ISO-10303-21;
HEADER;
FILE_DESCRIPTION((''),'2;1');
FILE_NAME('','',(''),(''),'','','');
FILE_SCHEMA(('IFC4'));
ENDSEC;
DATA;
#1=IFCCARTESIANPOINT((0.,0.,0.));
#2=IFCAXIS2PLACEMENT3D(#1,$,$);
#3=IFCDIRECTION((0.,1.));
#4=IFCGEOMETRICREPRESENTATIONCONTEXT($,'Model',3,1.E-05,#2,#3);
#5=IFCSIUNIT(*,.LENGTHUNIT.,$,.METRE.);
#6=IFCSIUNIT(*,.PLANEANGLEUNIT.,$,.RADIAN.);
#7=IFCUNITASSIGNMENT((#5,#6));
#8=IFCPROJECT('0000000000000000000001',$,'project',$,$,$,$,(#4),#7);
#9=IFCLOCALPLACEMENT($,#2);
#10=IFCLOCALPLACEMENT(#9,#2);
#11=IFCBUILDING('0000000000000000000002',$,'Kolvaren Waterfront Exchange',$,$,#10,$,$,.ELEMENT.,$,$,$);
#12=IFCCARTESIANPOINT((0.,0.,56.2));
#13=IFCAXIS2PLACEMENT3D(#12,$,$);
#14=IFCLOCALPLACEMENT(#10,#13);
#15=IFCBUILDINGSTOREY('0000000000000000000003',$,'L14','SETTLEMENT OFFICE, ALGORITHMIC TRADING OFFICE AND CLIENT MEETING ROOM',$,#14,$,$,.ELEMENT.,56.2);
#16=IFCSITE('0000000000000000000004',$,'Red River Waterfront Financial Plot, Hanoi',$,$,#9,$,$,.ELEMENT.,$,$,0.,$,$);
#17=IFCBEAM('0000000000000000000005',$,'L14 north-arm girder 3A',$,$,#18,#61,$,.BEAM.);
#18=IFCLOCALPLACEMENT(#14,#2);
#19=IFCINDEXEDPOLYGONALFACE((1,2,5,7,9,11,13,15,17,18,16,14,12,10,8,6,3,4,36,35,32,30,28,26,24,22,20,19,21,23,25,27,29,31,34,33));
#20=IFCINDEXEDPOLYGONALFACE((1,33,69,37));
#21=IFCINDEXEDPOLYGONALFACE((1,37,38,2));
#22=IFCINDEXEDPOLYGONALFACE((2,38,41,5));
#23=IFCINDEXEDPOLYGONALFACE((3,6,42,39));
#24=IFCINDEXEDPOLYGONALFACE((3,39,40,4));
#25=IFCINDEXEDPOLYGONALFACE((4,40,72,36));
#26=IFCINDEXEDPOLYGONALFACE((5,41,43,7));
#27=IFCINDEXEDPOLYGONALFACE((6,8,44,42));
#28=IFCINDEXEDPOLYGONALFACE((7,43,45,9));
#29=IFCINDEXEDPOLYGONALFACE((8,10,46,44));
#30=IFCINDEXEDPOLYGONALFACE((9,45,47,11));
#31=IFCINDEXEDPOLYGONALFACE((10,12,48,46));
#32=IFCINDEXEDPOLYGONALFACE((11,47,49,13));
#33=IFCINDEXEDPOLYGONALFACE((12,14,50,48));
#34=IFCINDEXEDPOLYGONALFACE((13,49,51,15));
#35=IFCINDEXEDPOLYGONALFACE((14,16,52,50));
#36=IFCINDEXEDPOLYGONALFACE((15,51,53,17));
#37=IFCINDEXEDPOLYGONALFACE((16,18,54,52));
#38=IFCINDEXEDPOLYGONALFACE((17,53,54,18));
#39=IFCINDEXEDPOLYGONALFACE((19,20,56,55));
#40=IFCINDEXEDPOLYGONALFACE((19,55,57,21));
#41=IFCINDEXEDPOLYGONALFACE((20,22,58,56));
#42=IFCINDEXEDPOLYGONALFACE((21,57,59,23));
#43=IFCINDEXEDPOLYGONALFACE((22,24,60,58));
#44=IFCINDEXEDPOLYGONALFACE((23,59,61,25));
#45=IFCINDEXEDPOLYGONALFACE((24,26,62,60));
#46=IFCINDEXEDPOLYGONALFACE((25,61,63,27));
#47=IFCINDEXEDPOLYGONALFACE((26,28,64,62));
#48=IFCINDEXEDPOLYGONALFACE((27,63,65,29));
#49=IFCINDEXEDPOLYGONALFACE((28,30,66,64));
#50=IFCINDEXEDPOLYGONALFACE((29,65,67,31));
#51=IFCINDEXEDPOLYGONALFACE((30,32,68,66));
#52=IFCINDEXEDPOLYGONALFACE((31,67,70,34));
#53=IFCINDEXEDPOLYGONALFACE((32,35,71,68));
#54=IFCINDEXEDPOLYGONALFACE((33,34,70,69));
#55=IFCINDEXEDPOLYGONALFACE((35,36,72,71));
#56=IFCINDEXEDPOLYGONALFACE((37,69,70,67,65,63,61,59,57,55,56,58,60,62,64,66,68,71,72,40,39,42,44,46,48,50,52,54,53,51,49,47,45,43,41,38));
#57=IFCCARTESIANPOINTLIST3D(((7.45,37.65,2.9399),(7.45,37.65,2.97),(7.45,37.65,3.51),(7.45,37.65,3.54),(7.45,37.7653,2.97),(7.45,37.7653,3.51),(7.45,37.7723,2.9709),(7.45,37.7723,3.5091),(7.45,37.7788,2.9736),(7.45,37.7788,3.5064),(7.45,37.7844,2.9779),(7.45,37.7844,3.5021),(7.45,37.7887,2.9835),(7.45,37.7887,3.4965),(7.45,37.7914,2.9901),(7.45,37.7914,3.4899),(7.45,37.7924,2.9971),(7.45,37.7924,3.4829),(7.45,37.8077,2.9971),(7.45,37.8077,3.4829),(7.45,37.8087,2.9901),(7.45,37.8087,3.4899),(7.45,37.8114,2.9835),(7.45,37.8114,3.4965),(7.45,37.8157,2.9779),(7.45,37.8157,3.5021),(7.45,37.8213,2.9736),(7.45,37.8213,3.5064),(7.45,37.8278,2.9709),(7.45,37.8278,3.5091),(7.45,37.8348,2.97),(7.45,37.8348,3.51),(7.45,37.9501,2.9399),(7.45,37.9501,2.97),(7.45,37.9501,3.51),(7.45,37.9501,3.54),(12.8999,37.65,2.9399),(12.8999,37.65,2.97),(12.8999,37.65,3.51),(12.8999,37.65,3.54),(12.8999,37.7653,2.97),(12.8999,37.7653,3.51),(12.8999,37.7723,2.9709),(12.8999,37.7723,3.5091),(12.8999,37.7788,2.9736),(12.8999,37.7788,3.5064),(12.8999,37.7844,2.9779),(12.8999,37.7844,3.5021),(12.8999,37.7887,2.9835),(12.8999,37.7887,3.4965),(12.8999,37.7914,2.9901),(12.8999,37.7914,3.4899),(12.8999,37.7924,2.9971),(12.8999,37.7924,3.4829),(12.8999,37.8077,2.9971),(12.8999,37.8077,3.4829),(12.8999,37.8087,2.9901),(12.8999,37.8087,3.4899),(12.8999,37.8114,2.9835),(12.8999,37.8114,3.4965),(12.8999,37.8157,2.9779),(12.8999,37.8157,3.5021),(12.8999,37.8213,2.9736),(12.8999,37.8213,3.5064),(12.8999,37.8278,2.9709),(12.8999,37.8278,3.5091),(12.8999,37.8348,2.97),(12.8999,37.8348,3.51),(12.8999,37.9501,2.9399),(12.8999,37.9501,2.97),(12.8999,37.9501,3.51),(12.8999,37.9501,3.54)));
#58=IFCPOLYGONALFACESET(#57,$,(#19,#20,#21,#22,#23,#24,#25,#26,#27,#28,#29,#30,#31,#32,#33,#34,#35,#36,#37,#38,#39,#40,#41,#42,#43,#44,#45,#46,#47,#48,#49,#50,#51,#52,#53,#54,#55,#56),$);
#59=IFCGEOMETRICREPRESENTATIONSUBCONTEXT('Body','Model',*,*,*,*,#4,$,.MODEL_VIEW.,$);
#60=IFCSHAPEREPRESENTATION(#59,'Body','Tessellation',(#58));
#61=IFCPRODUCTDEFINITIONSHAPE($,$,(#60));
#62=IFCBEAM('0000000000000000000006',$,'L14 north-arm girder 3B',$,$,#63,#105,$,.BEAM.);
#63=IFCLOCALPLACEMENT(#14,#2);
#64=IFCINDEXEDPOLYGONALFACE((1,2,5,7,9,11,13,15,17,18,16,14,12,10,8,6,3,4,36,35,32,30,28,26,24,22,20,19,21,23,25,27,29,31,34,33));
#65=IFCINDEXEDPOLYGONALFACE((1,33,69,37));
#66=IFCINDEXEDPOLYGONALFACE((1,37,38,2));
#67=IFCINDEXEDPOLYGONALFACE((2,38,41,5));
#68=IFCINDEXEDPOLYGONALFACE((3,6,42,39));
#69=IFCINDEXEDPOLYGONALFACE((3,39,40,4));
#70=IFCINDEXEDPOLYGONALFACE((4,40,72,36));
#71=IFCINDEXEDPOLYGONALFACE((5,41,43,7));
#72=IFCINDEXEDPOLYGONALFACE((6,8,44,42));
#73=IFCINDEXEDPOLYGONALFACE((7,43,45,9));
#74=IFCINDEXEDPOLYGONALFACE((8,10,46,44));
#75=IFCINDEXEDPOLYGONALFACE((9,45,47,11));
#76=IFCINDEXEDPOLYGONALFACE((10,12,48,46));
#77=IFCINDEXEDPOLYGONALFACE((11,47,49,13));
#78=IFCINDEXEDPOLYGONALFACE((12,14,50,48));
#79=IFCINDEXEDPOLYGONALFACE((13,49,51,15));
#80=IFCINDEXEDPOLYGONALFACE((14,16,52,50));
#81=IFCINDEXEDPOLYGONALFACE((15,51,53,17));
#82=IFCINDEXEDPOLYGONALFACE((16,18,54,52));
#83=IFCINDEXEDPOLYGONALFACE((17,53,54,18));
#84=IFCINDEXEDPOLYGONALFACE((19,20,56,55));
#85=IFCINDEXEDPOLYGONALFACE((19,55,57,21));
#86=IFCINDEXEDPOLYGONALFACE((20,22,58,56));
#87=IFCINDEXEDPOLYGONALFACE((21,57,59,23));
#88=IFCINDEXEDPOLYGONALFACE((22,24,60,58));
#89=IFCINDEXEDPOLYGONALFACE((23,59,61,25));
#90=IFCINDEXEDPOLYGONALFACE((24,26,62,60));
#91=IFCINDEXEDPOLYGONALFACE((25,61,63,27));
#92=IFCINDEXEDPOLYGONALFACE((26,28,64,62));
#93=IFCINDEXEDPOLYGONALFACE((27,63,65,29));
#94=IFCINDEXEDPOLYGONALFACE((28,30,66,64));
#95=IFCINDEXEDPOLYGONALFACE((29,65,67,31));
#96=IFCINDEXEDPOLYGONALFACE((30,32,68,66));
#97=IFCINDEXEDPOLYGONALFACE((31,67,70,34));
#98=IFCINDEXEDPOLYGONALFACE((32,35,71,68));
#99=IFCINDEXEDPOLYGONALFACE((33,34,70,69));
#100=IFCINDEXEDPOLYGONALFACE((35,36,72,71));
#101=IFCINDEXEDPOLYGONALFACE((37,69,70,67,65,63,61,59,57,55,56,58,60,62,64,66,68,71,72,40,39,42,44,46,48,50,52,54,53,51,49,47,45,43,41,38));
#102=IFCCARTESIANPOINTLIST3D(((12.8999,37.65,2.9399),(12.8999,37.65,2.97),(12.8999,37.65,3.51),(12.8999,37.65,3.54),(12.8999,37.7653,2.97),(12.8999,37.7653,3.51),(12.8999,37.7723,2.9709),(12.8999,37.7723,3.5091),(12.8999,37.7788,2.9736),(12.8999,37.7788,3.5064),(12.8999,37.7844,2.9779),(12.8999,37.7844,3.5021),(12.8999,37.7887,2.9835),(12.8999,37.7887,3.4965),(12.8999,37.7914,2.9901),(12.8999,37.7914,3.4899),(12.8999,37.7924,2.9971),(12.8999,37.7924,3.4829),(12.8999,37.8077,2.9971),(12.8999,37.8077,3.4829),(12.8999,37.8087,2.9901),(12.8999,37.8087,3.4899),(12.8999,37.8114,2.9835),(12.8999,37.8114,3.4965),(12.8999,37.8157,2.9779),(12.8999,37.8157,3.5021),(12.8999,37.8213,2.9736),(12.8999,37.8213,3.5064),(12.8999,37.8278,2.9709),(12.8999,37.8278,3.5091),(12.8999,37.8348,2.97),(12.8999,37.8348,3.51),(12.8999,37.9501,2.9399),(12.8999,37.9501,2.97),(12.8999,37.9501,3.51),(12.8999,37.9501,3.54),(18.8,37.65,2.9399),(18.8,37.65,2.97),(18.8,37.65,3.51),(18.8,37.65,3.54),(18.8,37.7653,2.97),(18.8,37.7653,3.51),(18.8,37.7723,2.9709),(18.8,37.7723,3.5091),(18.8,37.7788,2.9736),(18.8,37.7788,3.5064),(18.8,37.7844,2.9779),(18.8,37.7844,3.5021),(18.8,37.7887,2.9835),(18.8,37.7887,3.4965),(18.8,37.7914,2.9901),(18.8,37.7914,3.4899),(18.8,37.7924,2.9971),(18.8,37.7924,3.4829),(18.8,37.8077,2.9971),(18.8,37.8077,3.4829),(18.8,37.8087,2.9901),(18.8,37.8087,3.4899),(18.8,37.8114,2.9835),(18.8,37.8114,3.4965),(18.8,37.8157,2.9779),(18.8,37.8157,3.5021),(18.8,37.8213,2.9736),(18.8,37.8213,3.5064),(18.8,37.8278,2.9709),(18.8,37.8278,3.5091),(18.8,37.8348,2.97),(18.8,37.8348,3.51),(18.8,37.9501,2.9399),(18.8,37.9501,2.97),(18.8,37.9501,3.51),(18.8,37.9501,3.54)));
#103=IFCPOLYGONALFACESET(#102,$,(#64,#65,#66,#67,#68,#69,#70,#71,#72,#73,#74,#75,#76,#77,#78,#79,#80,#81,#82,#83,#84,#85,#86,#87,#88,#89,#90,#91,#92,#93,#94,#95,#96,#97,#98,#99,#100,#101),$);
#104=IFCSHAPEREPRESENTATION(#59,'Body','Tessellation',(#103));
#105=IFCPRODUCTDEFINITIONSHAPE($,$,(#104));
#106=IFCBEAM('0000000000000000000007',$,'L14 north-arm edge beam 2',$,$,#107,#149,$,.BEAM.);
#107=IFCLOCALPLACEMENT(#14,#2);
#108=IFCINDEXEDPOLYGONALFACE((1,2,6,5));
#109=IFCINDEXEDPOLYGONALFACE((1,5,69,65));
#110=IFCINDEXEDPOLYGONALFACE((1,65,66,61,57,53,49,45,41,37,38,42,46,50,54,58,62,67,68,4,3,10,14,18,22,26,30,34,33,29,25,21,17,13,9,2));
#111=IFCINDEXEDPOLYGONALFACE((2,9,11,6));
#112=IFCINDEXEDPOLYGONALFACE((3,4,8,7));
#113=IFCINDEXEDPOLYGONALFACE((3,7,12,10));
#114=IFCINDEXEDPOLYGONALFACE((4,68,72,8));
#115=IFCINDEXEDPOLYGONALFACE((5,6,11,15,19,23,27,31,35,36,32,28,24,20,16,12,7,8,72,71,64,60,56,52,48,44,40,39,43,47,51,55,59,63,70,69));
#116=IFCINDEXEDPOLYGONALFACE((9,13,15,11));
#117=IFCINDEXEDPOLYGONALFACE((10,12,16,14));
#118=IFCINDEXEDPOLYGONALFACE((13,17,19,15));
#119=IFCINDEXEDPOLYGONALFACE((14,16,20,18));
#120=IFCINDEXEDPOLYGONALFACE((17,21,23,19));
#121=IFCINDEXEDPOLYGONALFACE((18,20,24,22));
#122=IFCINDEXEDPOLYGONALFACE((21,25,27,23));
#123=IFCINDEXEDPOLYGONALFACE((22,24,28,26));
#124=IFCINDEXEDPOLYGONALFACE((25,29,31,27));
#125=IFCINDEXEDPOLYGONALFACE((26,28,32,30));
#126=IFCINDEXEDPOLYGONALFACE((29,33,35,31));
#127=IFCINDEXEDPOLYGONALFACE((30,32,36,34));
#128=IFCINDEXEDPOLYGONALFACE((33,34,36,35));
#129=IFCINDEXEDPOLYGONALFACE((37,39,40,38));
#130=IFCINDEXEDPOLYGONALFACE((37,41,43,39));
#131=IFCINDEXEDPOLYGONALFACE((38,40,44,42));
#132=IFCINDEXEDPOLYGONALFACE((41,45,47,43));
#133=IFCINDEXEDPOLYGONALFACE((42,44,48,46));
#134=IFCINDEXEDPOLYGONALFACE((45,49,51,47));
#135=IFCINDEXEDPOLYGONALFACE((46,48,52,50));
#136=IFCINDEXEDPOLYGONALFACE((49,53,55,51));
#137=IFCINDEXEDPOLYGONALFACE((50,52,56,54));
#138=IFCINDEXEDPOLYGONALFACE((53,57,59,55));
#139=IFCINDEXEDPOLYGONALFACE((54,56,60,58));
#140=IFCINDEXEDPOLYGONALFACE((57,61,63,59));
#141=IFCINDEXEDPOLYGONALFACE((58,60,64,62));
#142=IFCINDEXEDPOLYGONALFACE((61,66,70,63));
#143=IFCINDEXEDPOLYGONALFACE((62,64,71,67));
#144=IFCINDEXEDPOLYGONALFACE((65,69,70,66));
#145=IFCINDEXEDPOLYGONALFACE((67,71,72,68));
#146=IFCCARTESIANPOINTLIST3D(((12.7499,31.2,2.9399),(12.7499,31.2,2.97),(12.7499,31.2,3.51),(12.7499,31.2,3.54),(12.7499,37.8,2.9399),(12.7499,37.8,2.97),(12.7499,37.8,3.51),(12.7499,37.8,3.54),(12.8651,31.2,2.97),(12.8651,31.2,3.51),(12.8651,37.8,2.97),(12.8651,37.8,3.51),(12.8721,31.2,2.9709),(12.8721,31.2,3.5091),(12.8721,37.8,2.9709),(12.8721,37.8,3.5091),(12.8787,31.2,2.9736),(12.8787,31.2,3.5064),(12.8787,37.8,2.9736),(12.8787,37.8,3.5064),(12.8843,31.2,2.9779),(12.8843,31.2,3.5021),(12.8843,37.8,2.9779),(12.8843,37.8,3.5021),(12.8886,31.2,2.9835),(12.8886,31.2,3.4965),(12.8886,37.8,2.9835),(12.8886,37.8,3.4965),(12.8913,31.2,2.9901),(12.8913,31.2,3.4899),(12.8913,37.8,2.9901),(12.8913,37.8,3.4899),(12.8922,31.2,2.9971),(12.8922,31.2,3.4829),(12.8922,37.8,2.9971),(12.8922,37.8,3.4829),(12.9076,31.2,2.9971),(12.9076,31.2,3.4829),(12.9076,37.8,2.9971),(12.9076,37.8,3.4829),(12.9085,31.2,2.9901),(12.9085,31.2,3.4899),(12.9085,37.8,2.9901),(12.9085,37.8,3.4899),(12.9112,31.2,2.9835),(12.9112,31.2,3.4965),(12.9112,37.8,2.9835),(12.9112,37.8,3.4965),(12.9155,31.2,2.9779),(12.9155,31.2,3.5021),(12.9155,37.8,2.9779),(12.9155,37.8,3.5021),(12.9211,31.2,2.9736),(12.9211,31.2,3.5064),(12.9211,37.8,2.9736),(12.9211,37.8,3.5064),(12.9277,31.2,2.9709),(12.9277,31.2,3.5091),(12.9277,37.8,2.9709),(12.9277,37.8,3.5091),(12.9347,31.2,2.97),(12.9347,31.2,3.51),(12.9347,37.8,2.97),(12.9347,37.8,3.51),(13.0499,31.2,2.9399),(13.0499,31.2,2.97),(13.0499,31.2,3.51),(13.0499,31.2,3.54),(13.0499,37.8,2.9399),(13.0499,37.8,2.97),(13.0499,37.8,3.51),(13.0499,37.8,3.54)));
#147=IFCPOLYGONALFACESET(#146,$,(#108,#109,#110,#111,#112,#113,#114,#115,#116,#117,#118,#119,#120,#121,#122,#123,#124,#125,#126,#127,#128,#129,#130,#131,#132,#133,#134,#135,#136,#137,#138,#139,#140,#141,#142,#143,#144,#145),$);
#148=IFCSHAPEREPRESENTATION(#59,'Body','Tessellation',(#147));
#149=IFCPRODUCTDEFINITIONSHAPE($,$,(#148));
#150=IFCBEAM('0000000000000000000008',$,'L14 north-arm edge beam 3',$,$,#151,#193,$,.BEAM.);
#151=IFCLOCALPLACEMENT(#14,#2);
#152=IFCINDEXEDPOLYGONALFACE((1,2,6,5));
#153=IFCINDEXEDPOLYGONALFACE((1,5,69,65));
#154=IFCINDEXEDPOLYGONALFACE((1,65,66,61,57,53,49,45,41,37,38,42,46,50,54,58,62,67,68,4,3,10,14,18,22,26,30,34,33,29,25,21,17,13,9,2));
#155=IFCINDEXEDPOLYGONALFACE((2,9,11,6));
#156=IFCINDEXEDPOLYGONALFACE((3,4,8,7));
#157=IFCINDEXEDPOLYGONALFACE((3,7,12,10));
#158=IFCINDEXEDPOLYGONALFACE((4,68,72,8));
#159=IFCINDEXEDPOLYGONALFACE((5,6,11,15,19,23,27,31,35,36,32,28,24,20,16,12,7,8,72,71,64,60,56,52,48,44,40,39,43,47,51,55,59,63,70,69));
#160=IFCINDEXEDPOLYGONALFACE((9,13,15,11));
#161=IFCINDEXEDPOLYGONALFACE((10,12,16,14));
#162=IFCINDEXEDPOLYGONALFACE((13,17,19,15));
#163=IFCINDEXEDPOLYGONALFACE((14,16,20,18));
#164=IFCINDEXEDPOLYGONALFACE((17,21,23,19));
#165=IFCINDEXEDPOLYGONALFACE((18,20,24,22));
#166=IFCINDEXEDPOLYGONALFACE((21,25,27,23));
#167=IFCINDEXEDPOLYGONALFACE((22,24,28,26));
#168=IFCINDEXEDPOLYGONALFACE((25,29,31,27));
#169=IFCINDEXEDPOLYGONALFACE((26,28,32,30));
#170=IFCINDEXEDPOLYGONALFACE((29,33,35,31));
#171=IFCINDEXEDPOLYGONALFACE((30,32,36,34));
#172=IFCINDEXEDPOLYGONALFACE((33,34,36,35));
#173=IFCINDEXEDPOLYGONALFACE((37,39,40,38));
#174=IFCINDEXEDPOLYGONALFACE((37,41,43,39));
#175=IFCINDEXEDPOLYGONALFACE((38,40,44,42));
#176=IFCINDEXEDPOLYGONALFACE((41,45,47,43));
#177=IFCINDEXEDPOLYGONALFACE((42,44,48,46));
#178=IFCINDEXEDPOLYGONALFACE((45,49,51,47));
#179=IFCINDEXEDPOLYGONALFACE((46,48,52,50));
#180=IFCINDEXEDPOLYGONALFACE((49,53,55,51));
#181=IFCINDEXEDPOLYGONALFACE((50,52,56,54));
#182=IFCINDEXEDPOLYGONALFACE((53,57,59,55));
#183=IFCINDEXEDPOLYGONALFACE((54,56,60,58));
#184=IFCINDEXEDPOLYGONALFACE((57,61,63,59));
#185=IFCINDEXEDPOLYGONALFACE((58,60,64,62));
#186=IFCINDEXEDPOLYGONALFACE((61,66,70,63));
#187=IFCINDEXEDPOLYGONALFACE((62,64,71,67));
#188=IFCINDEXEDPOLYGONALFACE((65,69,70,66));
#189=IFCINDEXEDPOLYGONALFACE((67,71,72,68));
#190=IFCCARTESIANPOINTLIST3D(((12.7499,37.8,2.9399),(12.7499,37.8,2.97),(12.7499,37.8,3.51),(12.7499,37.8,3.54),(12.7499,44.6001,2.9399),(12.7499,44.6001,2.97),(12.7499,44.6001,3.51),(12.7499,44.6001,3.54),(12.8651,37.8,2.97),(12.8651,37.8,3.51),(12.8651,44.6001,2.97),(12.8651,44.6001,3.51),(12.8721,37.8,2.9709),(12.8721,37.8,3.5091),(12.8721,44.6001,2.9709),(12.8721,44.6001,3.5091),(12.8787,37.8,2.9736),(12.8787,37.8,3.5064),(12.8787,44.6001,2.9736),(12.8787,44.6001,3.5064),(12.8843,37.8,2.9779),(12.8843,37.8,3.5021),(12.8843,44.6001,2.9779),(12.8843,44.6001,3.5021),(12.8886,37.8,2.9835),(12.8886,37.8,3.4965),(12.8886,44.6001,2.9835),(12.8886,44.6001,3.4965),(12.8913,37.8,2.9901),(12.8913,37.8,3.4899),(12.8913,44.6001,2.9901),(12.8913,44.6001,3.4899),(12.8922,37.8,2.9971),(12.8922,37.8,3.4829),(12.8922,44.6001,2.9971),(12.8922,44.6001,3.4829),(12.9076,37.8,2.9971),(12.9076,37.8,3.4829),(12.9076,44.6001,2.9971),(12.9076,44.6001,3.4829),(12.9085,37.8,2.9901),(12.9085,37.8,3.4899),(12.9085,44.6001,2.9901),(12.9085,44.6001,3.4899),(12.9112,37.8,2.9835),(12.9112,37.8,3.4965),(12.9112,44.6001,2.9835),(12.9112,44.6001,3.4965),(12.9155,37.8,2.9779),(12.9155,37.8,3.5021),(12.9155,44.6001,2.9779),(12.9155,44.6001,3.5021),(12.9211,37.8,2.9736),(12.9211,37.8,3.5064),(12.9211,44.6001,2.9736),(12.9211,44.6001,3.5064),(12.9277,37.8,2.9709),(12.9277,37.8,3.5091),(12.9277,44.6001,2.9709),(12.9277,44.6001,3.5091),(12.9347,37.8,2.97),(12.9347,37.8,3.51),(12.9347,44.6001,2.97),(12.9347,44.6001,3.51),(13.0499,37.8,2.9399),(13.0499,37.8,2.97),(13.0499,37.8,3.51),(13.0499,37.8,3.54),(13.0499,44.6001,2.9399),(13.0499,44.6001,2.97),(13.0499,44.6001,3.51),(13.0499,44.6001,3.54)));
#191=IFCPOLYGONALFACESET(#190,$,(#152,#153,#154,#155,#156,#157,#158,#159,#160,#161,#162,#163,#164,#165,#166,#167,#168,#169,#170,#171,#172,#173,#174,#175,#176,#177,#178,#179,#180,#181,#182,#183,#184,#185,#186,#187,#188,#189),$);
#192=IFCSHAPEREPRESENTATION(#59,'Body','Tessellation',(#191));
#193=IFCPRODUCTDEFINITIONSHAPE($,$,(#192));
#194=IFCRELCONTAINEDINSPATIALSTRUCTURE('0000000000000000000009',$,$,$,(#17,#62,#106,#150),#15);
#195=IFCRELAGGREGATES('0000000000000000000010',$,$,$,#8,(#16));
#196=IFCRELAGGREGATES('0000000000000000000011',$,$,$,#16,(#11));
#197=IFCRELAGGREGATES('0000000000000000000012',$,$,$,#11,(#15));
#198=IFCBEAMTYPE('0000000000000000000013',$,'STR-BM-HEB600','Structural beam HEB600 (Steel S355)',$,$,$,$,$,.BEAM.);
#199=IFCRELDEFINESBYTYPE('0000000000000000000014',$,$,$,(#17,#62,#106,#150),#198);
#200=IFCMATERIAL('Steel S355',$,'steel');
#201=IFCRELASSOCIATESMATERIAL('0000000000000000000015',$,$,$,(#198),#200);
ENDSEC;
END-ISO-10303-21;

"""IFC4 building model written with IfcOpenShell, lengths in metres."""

from ifc_helpers import new_model, si_unit, direction, frame, origin, origin_2d, place, context, subcontext, project, spatial, i_section, extrude, material, material_profile, profile_set, type_object, element, save


model = new_model("IFC4")

# Units and contexts
model_context = context("Model", 3, precision=1e-05, world=origin(), true_north=direction((0.0, 1.0)))
body_context = subcontext(model_context, "Body", "Model", "MODEL_VIEW")
ifc_project = project(units=[si_unit("LENGTHUNIT", "METRE"), si_unit("PLANEANGLEUNIT", "RADIAN")], contexts=[model_context])

# Site, building, storey
site_placement = place(None, origin())
site = spatial("IfcSite", under=ifc_project, at=site_placement, Name="Red River Waterfront Financial Plot, Hanoi", CompositionType="ELEMENT", RefElevation=0.0)
building_placement = place(site_placement, origin())
building = spatial("IfcBuilding", under=site, at=building_placement, Name="Kolvaren Waterfront Exchange", CompositionType="ELEMENT")
storey_placement = place(building_placement, frame((0.0, 0.0, 56.2)))
storey = spatial("IfcBuildingStorey", under=building, at=storey_placement, Name="L14", Description="SETTLEMENT OFFICE, ALGORITHMIC TRADING OFFICE AND CLIENT MEETING ROOM", CompositionType="ELEMENT", Elevation=56.2)

# Beams
ifc_material_1 = material(Name="Steel S355", Category="steel")
ifc_material_profile_1 = material_profile(ifc_material_1, i_section(OverallWidth=0.3, OverallDepth=0.6001, WebThickness=0.0154, FlangeThickness=0.03, FilletRadius=0.0271, at=origin_2d()), Name="HEB600")
ifc_profile_set_1 = profile_set([ifc_material_profile_1], Name="Steel S355")
beam_type_1 = type_object("IfcBeamType", Name="STR-BM-HEB600", Description="Structural beam HEB600 (Steel S355)", PredefinedType="BEAM", material=ifc_profile_set_1)
beam_1_placement = place(storey_placement, frame((7.45, 37.8, 3.24), z_axis=(1.0, 0.0, 0.0), x_axis=(0.0, 1.0, 0.0)))
element("IfcBeam", 1, at=beam_1_placement, inside=storey, type_object=beam_type_1, Name="L14 north-arm girder 3A", PredefinedType="BEAM", context=body_context, shape_type="SweptSolid", body=[
    extrude(i_section(OverallWidth=0.3, OverallDepth=0.6001, WebThickness=0.0154, FlangeThickness=0.03, FilletRadius=0.0271, at=origin_2d()), origin(), (0.0, 0.0, 1.0), 5.45),
])
beam_2_placement = place(storey_placement, frame((12.8999, 37.8, 3.24), z_axis=(1.0, 0.0, 0.0), x_axis=(0.0, 1.0, 0.0)))
element("IfcBeam", 2, at=beam_2_placement, inside=storey, type_object=beam_type_1, Name="L14 north-arm girder 3B", PredefinedType="BEAM", context=body_context, shape_type="SweptSolid", body=[
    extrude(i_section(OverallWidth=0.3, OverallDepth=0.6001, WebThickness=0.0154, FlangeThickness=0.03, FilletRadius=0.0271, at=origin_2d()), origin(), (0.0, 0.0, 1.0), 5.9001),
])
beam_3_placement = place(storey_placement, frame((12.8999, 31.2, 3.24), z_axis=(0.0, 1.0, 0.0), x_axis=(-1.0, 0.0, 0.0)))
element("IfcBeam", 3, at=beam_3_placement, inside=storey, type_object=beam_type_1, Name="L14 north-arm edge beam 2", PredefinedType="BEAM", context=body_context, shape_type="SweptSolid", body=[
    extrude(i_section(OverallWidth=0.3, OverallDepth=0.6001, WebThickness=0.0154, FlangeThickness=0.03, FilletRadius=0.0271, at=origin_2d()), origin(), (0.0, 0.0, 1.0), 6.6001),
])
beam_4_placement = place(storey_placement, frame((12.8999, 37.8, 3.24), z_axis=(0.0, 1.0, 0.0), x_axis=(-1.0, 0.0, 0.0)))
element("IfcBeam", 4, at=beam_4_placement, inside=storey, type_object=beam_type_1, Name="L14 north-arm edge beam 3", PredefinedType="BEAM", context=body_context, shape_type="SweptSolid", body=[
    extrude(i_section(OverallWidth=0.3, OverallDepth=0.6001, WebThickness=0.0154, FlangeThickness=0.03, FilletRadius=0.0271, at=origin_2d()), origin(), (0.0, 0.0, 1.0), 6.8),
])

save(model, "model.ifc")
